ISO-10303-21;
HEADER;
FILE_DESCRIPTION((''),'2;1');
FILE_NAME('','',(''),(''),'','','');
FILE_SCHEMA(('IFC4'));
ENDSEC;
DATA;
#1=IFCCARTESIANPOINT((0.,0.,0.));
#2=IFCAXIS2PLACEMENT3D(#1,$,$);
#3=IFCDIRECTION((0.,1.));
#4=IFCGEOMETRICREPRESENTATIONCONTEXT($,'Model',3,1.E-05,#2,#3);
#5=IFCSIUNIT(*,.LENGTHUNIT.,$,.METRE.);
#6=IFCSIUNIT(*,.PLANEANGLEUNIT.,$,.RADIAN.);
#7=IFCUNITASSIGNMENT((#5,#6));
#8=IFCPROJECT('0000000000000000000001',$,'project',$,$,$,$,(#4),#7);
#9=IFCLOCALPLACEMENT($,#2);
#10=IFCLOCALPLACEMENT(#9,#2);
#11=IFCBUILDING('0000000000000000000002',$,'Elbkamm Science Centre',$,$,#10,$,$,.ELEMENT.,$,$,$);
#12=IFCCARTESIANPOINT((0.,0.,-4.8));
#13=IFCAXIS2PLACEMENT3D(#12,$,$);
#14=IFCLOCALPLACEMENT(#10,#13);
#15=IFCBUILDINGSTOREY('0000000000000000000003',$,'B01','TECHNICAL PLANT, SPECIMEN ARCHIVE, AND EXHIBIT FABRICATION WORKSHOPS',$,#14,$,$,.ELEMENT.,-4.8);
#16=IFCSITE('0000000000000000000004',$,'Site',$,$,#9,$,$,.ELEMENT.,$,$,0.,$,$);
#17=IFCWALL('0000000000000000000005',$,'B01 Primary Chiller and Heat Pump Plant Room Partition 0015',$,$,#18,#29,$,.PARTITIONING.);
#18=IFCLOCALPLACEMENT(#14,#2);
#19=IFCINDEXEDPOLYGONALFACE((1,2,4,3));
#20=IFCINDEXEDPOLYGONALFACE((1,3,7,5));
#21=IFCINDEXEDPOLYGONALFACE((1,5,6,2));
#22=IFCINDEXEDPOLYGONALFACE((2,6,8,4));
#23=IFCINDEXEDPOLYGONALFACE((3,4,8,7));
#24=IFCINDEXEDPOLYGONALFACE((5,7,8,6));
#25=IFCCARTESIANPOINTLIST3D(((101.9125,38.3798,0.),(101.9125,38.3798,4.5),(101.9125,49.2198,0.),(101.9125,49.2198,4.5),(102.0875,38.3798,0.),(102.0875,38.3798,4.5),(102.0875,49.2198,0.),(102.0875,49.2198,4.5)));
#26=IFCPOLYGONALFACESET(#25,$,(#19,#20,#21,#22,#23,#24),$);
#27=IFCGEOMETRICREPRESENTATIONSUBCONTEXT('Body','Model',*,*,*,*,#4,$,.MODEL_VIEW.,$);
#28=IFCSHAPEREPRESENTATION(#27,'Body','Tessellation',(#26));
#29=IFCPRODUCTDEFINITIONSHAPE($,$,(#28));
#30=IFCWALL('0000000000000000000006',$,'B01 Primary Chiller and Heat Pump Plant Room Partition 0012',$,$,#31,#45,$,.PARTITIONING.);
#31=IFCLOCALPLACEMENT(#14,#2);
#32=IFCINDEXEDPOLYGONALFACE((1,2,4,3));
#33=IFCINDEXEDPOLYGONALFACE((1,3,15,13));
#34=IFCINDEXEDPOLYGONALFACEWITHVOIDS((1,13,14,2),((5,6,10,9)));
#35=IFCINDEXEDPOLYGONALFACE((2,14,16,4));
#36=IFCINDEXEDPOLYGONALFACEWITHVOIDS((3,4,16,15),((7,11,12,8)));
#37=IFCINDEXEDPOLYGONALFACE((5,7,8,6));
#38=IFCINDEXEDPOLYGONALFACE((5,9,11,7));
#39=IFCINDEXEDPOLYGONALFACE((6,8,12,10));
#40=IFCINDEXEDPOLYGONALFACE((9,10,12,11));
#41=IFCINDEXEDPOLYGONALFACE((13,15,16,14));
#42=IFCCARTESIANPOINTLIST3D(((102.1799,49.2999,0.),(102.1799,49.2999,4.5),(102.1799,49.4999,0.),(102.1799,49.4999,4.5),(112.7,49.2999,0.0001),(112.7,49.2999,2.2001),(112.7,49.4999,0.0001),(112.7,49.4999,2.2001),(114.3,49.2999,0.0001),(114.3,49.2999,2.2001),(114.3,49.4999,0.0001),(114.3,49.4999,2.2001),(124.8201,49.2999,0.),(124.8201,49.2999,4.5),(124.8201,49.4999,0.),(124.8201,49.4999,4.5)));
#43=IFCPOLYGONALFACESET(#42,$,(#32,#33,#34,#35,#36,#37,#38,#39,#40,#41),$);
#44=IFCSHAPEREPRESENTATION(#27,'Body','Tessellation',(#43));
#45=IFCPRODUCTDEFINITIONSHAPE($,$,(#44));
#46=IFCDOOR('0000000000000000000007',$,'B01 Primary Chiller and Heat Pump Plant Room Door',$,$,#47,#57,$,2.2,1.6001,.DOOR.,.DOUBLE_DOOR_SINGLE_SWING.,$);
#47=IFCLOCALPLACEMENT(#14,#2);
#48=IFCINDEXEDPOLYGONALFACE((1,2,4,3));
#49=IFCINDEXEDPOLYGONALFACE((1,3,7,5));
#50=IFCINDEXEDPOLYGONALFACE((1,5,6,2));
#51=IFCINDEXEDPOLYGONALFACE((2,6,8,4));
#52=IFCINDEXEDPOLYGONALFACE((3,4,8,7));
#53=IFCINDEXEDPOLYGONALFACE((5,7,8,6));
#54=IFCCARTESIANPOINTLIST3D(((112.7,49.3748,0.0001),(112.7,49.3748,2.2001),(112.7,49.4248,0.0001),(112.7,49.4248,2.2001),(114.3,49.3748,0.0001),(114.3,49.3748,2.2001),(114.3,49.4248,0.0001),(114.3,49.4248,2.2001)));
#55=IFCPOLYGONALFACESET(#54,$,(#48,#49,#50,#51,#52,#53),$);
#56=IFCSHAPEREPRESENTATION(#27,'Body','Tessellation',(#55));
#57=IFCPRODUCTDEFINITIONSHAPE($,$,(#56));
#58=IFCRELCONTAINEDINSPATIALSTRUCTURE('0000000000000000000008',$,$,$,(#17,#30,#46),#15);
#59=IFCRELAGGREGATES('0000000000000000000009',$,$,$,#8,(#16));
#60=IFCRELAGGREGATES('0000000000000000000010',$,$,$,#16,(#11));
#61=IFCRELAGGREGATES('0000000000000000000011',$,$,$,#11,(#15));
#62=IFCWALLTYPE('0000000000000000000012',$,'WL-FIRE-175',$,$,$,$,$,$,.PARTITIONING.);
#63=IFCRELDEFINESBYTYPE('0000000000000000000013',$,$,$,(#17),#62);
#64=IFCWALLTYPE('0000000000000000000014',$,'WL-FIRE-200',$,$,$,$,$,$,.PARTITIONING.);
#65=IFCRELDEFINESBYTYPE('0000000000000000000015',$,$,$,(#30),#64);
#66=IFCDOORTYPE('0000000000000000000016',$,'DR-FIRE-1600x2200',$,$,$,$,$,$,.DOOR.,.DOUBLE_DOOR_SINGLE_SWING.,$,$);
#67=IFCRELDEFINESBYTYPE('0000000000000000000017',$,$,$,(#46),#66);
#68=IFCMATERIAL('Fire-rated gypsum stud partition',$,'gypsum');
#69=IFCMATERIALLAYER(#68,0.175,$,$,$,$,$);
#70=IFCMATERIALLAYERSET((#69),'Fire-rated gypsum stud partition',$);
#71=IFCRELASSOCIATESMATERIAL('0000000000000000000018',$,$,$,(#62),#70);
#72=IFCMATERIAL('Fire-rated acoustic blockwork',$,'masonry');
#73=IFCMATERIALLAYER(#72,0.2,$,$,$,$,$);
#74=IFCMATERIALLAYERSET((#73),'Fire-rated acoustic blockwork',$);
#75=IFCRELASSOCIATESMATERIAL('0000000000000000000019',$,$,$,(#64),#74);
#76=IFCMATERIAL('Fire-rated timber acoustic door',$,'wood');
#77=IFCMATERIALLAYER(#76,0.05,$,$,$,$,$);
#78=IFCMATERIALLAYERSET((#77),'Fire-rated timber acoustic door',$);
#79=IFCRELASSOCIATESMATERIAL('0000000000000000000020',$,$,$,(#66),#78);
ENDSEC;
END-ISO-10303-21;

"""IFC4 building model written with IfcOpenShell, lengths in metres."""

from ifc_helpers import new_model, si_unit, direction, frame, frame_2d, origin, place, context, subcontext, project, spatial, rectangle, extrude, material, layer, layer_set, type_object, element, fill, save


model = new_model("IFC4")

# Units and contexts
model_context = context("Model", 3, precision=1e-05, world=origin(), true_north=direction((0.0, 1.0)))
body_context = subcontext(model_context, "Body", "Model", "MODEL_VIEW")
ifc_project = project(units=[si_unit("LENGTHUNIT", "METRE"), si_unit("PLANEANGLEUNIT", "RADIAN")], contexts=[model_context])

# Site, building, storey
site_placement = place(None, origin())
site = spatial("IfcSite", under=ifc_project, at=site_placement, Name="Site", CompositionType="ELEMENT", RefElevation=0.0)
building_placement = place(site_placement, origin())
building = spatial("IfcBuilding", under=site, at=building_placement, Name="Elbkamm Science Centre", CompositionType="ELEMENT")
storey_placement = place(building_placement, frame((0.0, 0.0, -4.8)))
storey = spatial("IfcBuildingStorey", under=building, at=storey_placement, Name="B01", Description="TECHNICAL PLANT, SPECIMEN ARCHIVE, AND EXHIBIT FABRICATION WORKSHOPS", CompositionType="ELEMENT", Elevation=-4.8)

# Wall
ifc_material_1 = material(Name="Fire-rated gypsum stud partition", Category="gypsum")
ifc_layer_1 = layer(ifc_material_1, 0.175)
ifc_layer_set_1 = layer_set([ifc_layer_1], Name="Fire-rated gypsum stud partition")
wall_type_1 = type_object("IfcWallType", Name="WL-FIRE-175", PredefinedType="PARTITIONING", material=ifc_layer_set_1)
wall_1_placement = place(storey_placement, frame((102.0, 38.3799, 0.0), z_axis=(0.0, 0.0, 1.0), x_axis=(0.0, 1.0, 0.0)))
element("IfcWall", 1, at=wall_1_placement, inside=storey, type_object=wall_type_1, Name="B01 Primary Chiller and Heat Pump Plant Room Partition 0015", PredefinedType="PARTITIONING", context=body_context, shape_type="SweptSolid", body=[
    extrude(rectangle(XDim=10.8401, YDim=0.175, at=frame_2d((5.4199, 0.0))), origin(), (0.0, 0.0, 1.0), 4.5),
])

# Wall, opening, door
ifc_material_2 = material(Name="Fire-rated acoustic blockwork", Category="masonry")
ifc_layer_2 = layer(ifc_material_2, 0.2)
ifc_layer_set_2 = layer_set([ifc_layer_2], Name="Fire-rated acoustic blockwork")
wall_type_2 = type_object("IfcWallType", Name="WL-FIRE-200", PredefinedType="PARTITIONING", material=ifc_layer_set_2)
wall_2_placement = place(storey_placement, frame((102.1799, 49.3999, 0.0), z_axis=(0.0, 0.0, 1.0), x_axis=(1.0, 0.0, 0.0)))
wall_2 = element("IfcWall", 2, at=wall_2_placement, inside=storey, type_object=wall_type_2, Name="B01 Primary Chiller and Heat Pump Plant Room Partition 0012", PredefinedType="PARTITIONING", context=body_context, shape_type="SweptSolid", body=[
    extrude(rectangle(XDim=22.6401, YDim=0.2, at=frame_2d((11.3201, 0.0))), origin(), (0.0, 0.0, 1.0), 4.5),
])
opening_placement = place(wall_2_placement, frame((10.52, 0.0, 0.0)))
opening = element("IfcOpeningElement", 3, at=opening_placement, cuts=wall_2, PredefinedType="OPENING", context=body_context, shape_type="SweptSolid", body=[
    extrude(rectangle(XDim=1.6001, YDim=2.2, at=frame_2d((0.8, 1.1001))), frame((0.0, 0.1118, 0.0), z_axis=(0.0, -1.0, 0.0), x_axis=(1.0, 0.0, 0.0)), (0.0, 0.0, 1.0), 0.2239),
])
ifc_material_3 = material(Name="Fire-rated timber acoustic door", Category="wood")
ifc_layer_3 = layer(ifc_material_3, 0.05)
ifc_layer_set_3 = layer_set([ifc_layer_3], Name="Fire-rated timber acoustic door")
door_type = type_object("IfcDoorType", Name="DR-FIRE-1600x2200", OperationType="DOUBLE_DOOR_SINGLE_SWING", PredefinedType="DOOR", material=ifc_layer_set_3)
door_placement = place(opening_placement, origin())
door = element("IfcDoor", 4, at=door_placement, inside=storey, type_object=door_type, Name="B01 Primary Chiller and Heat Pump Plant Room Door", OperationType="DOUBLE_DOOR_SINGLE_SWING", OverallHeight=2.2, OverallWidth=1.6001, PredefinedType="DOOR", context=body_context, shape_type="SweptSolid", body=[
    extrude(rectangle(XDim=1.6001, YDim=2.2, at=frame_2d((0.8, 1.1001))), frame((0.0, 0.0249, 0.0), z_axis=(0.0, -1.0, 0.0), x_axis=(1.0, 0.0, 0.0)), (0.0, 0.0, 1.0), 0.05),
])
fill(opening, door)

save(model, "model.ifc")
